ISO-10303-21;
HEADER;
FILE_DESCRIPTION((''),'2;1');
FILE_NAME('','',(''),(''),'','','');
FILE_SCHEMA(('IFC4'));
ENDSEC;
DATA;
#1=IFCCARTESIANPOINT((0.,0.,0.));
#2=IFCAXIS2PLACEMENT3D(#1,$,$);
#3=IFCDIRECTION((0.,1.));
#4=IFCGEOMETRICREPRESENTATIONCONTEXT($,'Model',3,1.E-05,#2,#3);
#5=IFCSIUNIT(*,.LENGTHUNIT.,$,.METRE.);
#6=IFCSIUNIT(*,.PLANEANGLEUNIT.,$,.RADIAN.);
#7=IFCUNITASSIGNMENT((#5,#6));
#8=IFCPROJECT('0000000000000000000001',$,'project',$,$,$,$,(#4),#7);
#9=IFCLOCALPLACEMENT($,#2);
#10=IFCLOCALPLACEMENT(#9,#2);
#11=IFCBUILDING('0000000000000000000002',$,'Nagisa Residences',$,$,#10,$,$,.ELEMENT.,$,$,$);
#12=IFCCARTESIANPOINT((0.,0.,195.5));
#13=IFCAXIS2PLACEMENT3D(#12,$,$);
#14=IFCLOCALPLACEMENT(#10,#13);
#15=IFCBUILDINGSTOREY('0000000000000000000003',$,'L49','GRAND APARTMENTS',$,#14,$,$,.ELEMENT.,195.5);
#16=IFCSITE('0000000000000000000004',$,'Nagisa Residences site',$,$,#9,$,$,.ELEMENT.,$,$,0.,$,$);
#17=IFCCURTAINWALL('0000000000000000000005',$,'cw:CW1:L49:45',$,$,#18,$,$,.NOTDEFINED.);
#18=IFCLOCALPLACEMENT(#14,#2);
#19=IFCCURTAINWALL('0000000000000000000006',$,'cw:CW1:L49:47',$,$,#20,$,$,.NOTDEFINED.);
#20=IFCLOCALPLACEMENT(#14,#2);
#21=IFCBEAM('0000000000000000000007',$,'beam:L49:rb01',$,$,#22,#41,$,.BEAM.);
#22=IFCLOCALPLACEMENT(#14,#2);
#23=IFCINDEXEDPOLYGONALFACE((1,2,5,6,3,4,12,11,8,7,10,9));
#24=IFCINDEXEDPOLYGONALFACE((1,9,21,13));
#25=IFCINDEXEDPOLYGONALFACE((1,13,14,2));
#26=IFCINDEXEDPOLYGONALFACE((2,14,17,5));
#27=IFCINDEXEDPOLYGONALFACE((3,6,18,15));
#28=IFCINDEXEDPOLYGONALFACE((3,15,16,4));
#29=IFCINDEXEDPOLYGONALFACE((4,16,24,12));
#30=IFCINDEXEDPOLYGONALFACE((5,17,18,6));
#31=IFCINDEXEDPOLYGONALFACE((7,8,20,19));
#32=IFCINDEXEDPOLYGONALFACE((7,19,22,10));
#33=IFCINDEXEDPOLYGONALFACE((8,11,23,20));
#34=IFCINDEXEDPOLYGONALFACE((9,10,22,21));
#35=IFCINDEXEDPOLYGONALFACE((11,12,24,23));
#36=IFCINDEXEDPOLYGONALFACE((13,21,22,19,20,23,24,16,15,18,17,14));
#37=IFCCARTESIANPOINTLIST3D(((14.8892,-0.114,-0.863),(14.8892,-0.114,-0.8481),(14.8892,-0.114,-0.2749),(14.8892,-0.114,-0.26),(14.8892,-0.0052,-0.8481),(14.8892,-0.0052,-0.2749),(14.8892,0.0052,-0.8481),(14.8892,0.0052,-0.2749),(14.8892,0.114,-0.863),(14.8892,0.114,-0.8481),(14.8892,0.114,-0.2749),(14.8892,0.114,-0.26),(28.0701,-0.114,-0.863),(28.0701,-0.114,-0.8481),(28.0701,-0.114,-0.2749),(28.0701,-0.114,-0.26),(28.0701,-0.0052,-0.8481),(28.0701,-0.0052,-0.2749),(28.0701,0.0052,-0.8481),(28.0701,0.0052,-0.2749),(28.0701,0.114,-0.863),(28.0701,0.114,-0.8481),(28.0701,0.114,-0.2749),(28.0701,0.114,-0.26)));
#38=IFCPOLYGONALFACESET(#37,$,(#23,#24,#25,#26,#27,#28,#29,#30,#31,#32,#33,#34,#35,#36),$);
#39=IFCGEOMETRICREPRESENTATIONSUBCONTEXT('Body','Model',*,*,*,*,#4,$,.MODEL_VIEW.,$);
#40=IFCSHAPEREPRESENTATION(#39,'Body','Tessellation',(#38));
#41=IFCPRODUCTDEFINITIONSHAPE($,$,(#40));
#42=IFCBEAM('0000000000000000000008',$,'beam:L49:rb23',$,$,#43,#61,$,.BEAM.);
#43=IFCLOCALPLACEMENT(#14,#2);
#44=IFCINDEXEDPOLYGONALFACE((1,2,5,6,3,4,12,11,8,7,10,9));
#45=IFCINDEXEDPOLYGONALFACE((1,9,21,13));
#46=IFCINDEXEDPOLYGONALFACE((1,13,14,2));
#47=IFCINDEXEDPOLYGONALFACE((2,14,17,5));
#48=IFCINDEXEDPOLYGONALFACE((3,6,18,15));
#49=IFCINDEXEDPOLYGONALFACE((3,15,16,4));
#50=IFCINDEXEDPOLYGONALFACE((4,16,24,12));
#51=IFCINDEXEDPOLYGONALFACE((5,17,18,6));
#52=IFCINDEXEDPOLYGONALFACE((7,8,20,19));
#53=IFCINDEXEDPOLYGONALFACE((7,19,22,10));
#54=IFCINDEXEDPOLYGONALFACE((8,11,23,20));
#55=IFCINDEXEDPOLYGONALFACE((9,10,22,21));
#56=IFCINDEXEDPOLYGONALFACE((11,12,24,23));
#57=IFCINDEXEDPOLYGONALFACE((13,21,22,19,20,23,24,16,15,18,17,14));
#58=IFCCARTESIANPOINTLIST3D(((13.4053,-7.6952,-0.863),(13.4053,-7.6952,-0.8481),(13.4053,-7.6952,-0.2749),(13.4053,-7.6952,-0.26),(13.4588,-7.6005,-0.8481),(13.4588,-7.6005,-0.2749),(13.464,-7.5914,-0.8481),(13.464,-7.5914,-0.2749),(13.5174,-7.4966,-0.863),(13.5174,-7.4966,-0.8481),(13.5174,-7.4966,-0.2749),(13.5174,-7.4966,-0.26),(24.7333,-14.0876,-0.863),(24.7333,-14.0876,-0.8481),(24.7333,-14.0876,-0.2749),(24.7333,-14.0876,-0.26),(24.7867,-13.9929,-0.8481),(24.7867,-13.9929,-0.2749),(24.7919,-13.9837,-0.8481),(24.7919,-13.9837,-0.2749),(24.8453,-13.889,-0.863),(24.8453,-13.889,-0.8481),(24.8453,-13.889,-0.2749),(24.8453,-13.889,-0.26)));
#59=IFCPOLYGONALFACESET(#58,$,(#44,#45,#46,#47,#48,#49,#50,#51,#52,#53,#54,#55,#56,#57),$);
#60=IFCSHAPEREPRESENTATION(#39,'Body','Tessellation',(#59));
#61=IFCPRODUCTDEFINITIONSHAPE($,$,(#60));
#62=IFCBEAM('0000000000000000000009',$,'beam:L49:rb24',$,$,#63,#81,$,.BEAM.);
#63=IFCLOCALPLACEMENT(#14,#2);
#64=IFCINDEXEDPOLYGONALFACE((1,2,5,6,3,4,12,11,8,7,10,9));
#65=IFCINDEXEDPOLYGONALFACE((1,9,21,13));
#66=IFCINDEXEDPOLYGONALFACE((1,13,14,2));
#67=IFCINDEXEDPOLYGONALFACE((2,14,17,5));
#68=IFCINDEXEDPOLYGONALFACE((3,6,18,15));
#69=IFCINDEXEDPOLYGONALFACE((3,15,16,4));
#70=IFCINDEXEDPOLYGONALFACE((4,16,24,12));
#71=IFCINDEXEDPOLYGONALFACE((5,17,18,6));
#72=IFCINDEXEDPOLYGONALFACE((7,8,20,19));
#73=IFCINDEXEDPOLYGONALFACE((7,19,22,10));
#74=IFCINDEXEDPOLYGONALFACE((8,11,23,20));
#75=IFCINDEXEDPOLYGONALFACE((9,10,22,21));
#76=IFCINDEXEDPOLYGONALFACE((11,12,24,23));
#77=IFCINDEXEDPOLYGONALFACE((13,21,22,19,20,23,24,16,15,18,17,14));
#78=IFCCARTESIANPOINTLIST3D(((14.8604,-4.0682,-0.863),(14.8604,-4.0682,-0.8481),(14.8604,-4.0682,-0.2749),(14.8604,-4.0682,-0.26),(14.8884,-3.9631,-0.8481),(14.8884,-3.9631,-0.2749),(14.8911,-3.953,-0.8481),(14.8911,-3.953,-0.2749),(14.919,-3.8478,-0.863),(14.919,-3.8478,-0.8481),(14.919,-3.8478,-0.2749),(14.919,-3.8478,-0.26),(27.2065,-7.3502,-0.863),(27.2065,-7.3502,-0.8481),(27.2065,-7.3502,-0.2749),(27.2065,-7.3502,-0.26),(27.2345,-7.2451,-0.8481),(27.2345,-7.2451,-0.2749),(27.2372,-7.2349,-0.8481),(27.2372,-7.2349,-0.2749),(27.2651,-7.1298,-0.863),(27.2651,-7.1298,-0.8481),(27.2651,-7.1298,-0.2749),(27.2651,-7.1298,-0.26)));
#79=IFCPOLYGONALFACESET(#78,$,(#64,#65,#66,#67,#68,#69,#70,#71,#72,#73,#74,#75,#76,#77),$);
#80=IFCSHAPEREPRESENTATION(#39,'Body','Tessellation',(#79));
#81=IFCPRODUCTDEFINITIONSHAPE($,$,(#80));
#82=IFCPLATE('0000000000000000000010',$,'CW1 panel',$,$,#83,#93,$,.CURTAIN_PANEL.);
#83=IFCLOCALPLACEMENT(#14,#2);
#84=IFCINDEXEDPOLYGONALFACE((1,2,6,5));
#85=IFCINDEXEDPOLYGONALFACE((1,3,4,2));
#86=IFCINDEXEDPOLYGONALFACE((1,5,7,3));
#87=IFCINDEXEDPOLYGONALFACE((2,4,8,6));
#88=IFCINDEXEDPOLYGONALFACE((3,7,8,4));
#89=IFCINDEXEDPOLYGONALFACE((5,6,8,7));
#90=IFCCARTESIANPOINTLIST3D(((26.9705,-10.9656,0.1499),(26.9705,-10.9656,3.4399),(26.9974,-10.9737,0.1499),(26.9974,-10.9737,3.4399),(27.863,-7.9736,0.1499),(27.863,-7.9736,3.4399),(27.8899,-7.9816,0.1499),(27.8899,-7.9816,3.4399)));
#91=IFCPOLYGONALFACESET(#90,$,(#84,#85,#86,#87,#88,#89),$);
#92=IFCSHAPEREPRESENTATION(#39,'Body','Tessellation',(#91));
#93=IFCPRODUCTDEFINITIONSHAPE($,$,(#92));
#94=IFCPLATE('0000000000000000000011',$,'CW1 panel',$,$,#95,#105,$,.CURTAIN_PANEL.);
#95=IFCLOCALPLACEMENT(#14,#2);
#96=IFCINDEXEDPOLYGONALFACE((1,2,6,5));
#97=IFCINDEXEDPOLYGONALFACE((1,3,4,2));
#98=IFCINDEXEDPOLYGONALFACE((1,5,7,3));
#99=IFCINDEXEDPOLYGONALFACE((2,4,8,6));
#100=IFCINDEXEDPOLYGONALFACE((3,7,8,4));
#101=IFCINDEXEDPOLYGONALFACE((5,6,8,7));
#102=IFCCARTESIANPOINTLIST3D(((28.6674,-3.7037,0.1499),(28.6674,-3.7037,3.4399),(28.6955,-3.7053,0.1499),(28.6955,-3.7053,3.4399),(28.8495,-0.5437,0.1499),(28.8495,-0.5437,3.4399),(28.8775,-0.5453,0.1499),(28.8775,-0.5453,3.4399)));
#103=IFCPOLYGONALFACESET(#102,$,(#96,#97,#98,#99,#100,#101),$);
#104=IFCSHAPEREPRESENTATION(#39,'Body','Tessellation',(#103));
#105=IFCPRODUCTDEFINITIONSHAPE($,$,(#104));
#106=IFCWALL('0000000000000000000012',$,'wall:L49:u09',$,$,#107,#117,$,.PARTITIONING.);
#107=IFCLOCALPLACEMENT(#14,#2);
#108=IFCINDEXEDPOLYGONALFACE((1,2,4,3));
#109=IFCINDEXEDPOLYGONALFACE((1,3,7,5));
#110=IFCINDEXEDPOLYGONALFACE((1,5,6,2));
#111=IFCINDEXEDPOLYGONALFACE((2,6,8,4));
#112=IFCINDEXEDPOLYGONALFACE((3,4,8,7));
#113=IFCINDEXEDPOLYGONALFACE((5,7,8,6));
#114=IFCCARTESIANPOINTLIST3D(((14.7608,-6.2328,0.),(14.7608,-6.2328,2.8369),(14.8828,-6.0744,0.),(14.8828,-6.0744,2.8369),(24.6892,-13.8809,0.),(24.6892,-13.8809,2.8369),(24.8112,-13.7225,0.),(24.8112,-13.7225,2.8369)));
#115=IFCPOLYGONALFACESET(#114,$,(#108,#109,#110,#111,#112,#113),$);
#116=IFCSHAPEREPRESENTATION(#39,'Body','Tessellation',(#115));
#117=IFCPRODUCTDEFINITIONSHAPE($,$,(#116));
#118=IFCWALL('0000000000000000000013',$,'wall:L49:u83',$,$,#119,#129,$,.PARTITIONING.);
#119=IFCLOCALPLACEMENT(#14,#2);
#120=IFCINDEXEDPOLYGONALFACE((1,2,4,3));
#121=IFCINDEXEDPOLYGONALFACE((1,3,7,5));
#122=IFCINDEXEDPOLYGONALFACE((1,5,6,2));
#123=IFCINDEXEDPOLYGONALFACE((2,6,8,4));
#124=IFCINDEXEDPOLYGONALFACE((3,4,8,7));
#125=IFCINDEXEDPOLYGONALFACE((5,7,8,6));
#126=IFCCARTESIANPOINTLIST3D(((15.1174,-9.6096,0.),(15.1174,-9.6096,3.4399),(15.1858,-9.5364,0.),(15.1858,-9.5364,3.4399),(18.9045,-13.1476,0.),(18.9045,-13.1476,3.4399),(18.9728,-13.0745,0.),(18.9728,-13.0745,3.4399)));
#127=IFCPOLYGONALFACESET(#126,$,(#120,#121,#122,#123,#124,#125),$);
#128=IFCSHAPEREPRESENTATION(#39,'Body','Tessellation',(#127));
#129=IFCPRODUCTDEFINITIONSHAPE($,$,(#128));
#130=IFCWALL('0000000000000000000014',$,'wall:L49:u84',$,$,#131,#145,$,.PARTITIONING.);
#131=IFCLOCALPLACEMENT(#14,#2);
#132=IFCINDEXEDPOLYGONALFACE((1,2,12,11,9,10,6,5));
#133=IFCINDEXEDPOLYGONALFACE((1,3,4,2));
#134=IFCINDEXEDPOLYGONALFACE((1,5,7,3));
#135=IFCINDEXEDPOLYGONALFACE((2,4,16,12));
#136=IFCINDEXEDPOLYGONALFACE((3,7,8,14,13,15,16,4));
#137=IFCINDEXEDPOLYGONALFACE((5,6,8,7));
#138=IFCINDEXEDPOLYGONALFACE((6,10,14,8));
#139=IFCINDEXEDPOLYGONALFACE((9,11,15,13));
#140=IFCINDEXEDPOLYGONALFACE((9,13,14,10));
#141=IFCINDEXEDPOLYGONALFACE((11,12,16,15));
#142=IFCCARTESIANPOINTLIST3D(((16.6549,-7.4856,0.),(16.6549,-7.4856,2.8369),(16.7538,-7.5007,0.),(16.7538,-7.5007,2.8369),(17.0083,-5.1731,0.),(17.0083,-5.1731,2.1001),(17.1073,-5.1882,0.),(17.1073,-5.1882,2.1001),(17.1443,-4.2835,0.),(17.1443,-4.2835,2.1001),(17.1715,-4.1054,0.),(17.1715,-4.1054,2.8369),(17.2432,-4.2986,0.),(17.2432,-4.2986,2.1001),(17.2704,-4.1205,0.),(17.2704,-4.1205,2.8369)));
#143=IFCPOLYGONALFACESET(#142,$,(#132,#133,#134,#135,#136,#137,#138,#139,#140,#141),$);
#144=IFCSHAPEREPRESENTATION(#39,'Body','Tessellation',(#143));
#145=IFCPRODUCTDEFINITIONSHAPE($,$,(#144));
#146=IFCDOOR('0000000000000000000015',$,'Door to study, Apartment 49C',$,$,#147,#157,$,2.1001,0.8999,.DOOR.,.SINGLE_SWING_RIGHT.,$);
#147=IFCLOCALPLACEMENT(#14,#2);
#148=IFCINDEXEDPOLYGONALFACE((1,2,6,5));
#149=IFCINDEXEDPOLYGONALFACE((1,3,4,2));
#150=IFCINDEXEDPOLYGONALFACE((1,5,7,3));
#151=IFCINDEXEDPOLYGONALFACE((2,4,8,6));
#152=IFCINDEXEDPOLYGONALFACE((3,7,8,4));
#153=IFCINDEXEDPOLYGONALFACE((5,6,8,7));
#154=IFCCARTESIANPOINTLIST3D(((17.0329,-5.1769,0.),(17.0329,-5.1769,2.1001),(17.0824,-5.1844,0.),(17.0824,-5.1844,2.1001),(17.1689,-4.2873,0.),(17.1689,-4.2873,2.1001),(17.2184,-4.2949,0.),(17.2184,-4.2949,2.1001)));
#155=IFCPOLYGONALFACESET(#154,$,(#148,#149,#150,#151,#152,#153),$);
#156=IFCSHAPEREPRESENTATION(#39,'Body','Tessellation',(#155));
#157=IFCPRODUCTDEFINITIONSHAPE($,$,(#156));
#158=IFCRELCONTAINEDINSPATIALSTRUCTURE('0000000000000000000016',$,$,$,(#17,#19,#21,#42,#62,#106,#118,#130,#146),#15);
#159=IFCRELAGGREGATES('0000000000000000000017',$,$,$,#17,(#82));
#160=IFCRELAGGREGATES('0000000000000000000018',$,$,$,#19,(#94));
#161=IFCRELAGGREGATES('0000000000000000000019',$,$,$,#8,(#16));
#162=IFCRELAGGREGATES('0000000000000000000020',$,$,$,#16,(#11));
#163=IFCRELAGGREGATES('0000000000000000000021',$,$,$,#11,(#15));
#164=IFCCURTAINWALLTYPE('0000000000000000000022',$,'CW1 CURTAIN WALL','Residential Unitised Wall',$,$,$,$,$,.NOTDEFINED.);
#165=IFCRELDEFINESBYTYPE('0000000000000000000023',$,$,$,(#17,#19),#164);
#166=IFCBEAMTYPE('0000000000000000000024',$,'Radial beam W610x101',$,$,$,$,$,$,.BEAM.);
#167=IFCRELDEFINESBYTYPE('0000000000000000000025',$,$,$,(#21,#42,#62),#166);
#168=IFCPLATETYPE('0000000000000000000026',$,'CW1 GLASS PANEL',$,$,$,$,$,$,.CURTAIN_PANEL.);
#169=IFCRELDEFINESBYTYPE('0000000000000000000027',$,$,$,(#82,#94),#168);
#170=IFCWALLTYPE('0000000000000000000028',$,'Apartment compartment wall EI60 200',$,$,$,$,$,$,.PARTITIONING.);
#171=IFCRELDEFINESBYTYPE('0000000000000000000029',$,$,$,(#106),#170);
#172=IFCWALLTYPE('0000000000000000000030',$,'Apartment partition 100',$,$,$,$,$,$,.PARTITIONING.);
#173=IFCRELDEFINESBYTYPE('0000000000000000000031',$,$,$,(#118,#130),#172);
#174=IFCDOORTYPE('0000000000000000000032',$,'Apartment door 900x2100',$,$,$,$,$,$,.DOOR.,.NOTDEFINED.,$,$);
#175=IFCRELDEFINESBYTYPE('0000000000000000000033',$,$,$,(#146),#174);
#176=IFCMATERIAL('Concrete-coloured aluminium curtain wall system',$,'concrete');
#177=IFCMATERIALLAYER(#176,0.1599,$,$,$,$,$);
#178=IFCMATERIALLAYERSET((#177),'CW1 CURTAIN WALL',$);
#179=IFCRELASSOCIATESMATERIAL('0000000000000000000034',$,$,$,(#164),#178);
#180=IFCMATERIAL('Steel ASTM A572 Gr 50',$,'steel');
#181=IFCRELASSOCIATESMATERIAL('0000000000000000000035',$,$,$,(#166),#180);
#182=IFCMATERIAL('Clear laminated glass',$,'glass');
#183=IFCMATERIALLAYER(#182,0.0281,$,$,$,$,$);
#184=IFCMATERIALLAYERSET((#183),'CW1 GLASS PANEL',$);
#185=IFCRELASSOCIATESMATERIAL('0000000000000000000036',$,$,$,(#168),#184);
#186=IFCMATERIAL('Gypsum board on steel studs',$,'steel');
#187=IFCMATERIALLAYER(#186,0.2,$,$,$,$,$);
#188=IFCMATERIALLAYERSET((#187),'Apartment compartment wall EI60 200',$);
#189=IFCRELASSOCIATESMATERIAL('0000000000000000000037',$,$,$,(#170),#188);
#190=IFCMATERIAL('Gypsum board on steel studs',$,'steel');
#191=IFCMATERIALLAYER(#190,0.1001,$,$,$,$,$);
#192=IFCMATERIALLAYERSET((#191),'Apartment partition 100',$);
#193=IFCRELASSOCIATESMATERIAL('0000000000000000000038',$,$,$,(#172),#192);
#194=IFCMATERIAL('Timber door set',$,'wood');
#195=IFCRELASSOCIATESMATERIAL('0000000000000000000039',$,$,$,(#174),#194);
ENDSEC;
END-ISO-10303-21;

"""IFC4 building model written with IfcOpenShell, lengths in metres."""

from ifc_helpers import new_model, si_unit, direction, frame, frame_2d, origin, origin_2d, place, context, subcontext, project, spatial, rectangle, i_section, extrude, material, layer, layer_set, material_profile, profile_set, type_object, element, fill, aggregate, save


model = new_model("IFC4")

# Units and contexts
model_context = context("Model", 3, precision=1e-05, world=origin(), true_north=direction((0.0, 1.0)))
body_context = subcontext(model_context, "Body", "Model", "MODEL_VIEW")
ifc_project = project(units=[si_unit("LENGTHUNIT", "METRE"), si_unit("PLANEANGLEUNIT", "RADIAN")], contexts=[model_context])

# Site, building, storey
site_placement = place(None, origin())
site = spatial("IfcSite", under=ifc_project, at=site_placement, Name="Nagisa Residences site", CompositionType="ELEMENT", RefElevation=0.0)
building_placement = place(site_placement, origin())
building = spatial("IfcBuilding", under=site, at=building_placement, Name="Nagisa Residences", CompositionType="ELEMENT")
storey_placement = place(building_placement, frame((0.0, 0.0, 195.5)))
storey = spatial("IfcBuildingStorey", under=building, at=storey_placement, Name="L49", Description="GRAND APARTMENTS", CompositionType="ELEMENT", Elevation=195.5)

# Curtain walls
ifc_material_1 = material(Name="Concrete-coloured aluminium curtain wall system", Category="concrete")
ifc_layer_1 = layer(ifc_material_1, 0.1599)
ifc_layer_set_1 = layer_set([ifc_layer_1], Name="CW1 CURTAIN WALL")
curtain_wall_type = type_object("IfcCurtainWallType", Name="CW1 CURTAIN WALL", Description="Residential Unitised Wall", PredefinedType="NOTDEFINED", material=ifc_layer_set_1)
curtain_wall_1_placement = place(storey_placement, origin())
curtain_wall_1 = element("IfcCurtainWall", 1, at=curtain_wall_1_placement, inside=storey, type_object=curtain_wall_type, Name="cw:CW1:L49:45", PredefinedType="NOTDEFINED")
curtain_wall_2_placement = place(storey_placement, origin())
curtain_wall_2 = element("IfcCurtainWall", 2, at=curtain_wall_2_placement, inside=storey, type_object=curtain_wall_type, Name="cw:CW1:L49:47", PredefinedType="NOTDEFINED")

# Beams
ifc_material_2 = material(Name="Steel ASTM A572 Gr 50", Category="steel")
ifc_material_profile_1 = material_profile(ifc_material_2, i_section(OverallWidth=0.228, OverallDepth=0.603, WebThickness=0.0105, FlangeThickness=0.0149, at=origin_2d()), Name="W610x101")
ifc_profile_set_1 = profile_set([ifc_material_profile_1], Name="Steel ASTM A572 Gr 50")
beam_type_1 = type_object("IfcBeamType", Name="Radial beam W610x101", PredefinedType="BEAM", material=ifc_profile_set_1)
beam_1_placement = place(storey_placement, frame((28.0701, 0.0, -0.5615), z_axis=(-1.0, 0.0, 0.0), x_axis=(0.0, -1.0, 0.0)))
element("IfcBeam", 3, at=beam_1_placement, inside=storey, type_object=beam_type_1, Name="beam:L49:rb01", PredefinedType="BEAM", context=body_context, shape_type="SweptSolid", body=[
    extrude(i_section(OverallWidth=0.228, OverallDepth=0.603, WebThickness=0.0105, FlangeThickness=0.0149, at=origin_2d()), origin(), (0.0, 0.0, 1.0), 13.1809),
])
beam_2_placement = place(storey_placement, frame((24.7893, -13.9883, -0.5615), z_axis=(-0.870905, 0.491452, 0.0), x_axis=(-0.491452, -0.870905, 0.0)))
element("IfcBeam", 4, at=beam_2_placement, inside=storey, type_object=beam_type_1, Name="beam:L49:rb23", PredefinedType="BEAM", context=body_context, shape_type="SweptSolid", body=[
    extrude(i_section(OverallWidth=0.228, OverallDepth=0.603, WebThickness=0.0105, FlangeThickness=0.0149, at=origin_2d()), origin(), (0.0, 0.0, 1.0), 13.0071),
])
beam_3_placement = place(storey_placement, frame((27.2358, -7.24, -0.5615), z_axis=(-0.966436, 0.256907, 0.0), x_axis=(-0.256907, -0.966436, 0.0)))
element("IfcBeam", 5, at=beam_3_placement, inside=storey, type_object=beam_type_1, Name="beam:L49:rb24", PredefinedType="BEAM", context=body_context, shape_type="SweptSolid", body=[
    extrude(i_section(OverallWidth=0.228, OverallDepth=0.603, WebThickness=0.0105, FlangeThickness=0.0149, at=origin_2d()), origin(), (0.0, 0.0, 1.0), 12.7749),
])

# Plates
ifc_material_3 = material(Name="Clear laminated glass", Category="glass")
ifc_layer_2 = layer(ifc_material_3, 0.0281)
ifc_layer_set_2 = layer_set([ifc_layer_2], Name="CW1 GLASS PANEL")
plate_type = type_object("IfcPlateType", Name="CW1 GLASS PANEL", PredefinedType="CURTAIN_PANEL", material=ifc_layer_set_2)
plate_1_placement = place(storey_placement, frame((27.4302, -9.4736, 0.1499), z_axis=(0.0, 0.0, 1.0), x_axis=(0.28586, 0.958271, 0.0)))
plate_1 = element("IfcPlate", 6, at=plate_1_placement, type_object=plate_type, Name="CW1 panel", PredefinedType="CURTAIN_PANEL", context=body_context, shape_type="SweptSolid", body=[
    extrude(rectangle(XDim=3.1223, YDim=0.0281, at=origin_2d()), origin(), (0.0, 0.0, 1.0), 3.29),
])
aggregate(curtain_wall_1, [plate_1])
plate_2_placement = place(storey_placement, frame((28.7725, -2.1245, 0.1499), z_axis=(0.0, 0.0, 1.0), x_axis=(0.057503, 0.998345, 0.0)))
plate_2 = element("IfcPlate", 7, at=plate_2_placement, type_object=plate_type, Name="CW1 panel", PredefinedType="CURTAIN_PANEL", context=body_context, shape_type="SweptSolid", body=[
    extrude(rectangle(XDim=3.1653, YDim=0.0281, at=origin_2d()), origin(), (0.0, 0.0, 1.0), 3.29),
])
aggregate(curtain_wall_2, [plate_2])

# Walls
ifc_material_4 = material(Name="Gypsum board on steel studs", Category="steel")
ifc_layer_3 = layer(ifc_material_4, 0.2)
ifc_layer_set_3 = layer_set([ifc_layer_3], Name="Apartment compartment wall EI60 200")
wall_type_1 = type_object("IfcWallType", Name="Apartment compartment wall EI60 200", PredefinedType="PARTITIONING", material=ifc_layer_set_3)
wall_1_placement = place(storey_placement, frame((14.8218, -6.1536, 0.0), z_axis=(0.0, 0.0, 1.0), x_axis=(0.792203, -0.610258, 0.0)))
element("IfcWall", 8, at=wall_1_placement, inside=storey, type_object=wall_type_1, Name="wall:L49:u09", PredefinedType="PARTITIONING", context=body_context, shape_type="SweptSolid", body=[
    extrude(rectangle(XDim=12.5327, YDim=0.2, at=frame_2d((6.2664, 0.0))), origin(), (0.0, 0.0, 1.0), 2.8369),
])
ifc_material_5 = material(Name="Gypsum board on steel studs", Category="steel")
ifc_layer_4 = layer(ifc_material_5, 0.1001)
ifc_layer_set_4 = layer_set([ifc_layer_4], Name="Apartment partition 100")
wall_type_2 = type_object("IfcWallType", Name="Apartment partition 100", PredefinedType="PARTITIONING", material=ifc_layer_set_4)
wall_2_placement = place(storey_placement, frame((15.1516, -9.573, 0.0), z_axis=(0.0, 0.0, 1.0), x_axis=(0.730723, -0.682674, 0.0)))
element("IfcWall", 9, at=wall_2_placement, inside=storey, type_object=wall_type_2, Name="wall:L49:u83", PredefinedType="PARTITIONING", context=body_context, shape_type="SweptSolid", body=[
    extrude(rectangle(XDim=5.1826, YDim=0.1001, at=frame_2d((2.5913, 0.0))), origin(), (0.0, 0.0, 1.0), 3.4399),
])

# Wall, opening, door
wall_3_placement = place(storey_placement, frame((16.7043, -7.4932, 0.0), z_axis=(0.0, 0.0, 1.0), x_axis=(0.151081, 0.988521, 0.0)))
wall_3 = element("IfcWall", 10, at=wall_3_placement, inside=storey, type_object=wall_type_2, Name="wall:L49:u84", PredefinedType="PARTITIONING", context=body_context, shape_type="SweptSolid", body=[
    extrude(rectangle(XDim=3.4194, YDim=0.1001, at=frame_2d((1.7097, 0.0))), origin(), (0.0, 0.0, 1.0), 2.8369),
])
opening_1_placement = place(wall_3_placement, frame((2.3394, 0.0, 0.0)))
opening_1 = element("IfcOpeningElement", 11, at=opening_1_placement, cuts=wall_3, PredefinedType="OPENING", context=body_context, shape_type="SweptSolid", body=[
    extrude(rectangle(XDim=0.8999, YDim=2.1001, at=frame_2d((0.45, 1.05))), frame((0.0, 0.0601, 0.0), z_axis=(0.0, -1.0, 0.0), x_axis=(1.0, 0.0, 0.0)), (0.0, 0.0, 1.0), 0.1201),
])
ifc_material_6 = material(Name="Timber door set", Category="wood")
door_type_1 = type_object("IfcDoorType", Name="Apartment door 900x2100", OperationType="NOTDEFINED", PredefinedType="DOOR", material=ifc_material_6)
door_1_placement = place(opening_1_placement, frame((0.8999, 0.0, 0.0), x_axis=(-1.0, 0.0, 0.0)))
door_1 = element("IfcDoor", 12, at=door_1_placement, inside=storey, type_object=door_type_1, Name="Door to study, Apartment 49C", OperationType="SINGLE_SWING_RIGHT", OverallHeight=2.1001, OverallWidth=0.8999, PredefinedType="DOOR", context=body_context, shape_type="SweptSolid", body=[
    extrude(rectangle(XDim=0.8999, YDim=2.1001, at=frame_2d((0.45, 1.05))), frame((0.0, 0.0249, 0.0), z_axis=(0.0, -1.0, 0.0), x_axis=(1.0, 0.0, 0.0)), (0.0, 0.0, 1.0), 0.05),
])
fill(opening_1, door_1)

save(model, "model.ifc")
